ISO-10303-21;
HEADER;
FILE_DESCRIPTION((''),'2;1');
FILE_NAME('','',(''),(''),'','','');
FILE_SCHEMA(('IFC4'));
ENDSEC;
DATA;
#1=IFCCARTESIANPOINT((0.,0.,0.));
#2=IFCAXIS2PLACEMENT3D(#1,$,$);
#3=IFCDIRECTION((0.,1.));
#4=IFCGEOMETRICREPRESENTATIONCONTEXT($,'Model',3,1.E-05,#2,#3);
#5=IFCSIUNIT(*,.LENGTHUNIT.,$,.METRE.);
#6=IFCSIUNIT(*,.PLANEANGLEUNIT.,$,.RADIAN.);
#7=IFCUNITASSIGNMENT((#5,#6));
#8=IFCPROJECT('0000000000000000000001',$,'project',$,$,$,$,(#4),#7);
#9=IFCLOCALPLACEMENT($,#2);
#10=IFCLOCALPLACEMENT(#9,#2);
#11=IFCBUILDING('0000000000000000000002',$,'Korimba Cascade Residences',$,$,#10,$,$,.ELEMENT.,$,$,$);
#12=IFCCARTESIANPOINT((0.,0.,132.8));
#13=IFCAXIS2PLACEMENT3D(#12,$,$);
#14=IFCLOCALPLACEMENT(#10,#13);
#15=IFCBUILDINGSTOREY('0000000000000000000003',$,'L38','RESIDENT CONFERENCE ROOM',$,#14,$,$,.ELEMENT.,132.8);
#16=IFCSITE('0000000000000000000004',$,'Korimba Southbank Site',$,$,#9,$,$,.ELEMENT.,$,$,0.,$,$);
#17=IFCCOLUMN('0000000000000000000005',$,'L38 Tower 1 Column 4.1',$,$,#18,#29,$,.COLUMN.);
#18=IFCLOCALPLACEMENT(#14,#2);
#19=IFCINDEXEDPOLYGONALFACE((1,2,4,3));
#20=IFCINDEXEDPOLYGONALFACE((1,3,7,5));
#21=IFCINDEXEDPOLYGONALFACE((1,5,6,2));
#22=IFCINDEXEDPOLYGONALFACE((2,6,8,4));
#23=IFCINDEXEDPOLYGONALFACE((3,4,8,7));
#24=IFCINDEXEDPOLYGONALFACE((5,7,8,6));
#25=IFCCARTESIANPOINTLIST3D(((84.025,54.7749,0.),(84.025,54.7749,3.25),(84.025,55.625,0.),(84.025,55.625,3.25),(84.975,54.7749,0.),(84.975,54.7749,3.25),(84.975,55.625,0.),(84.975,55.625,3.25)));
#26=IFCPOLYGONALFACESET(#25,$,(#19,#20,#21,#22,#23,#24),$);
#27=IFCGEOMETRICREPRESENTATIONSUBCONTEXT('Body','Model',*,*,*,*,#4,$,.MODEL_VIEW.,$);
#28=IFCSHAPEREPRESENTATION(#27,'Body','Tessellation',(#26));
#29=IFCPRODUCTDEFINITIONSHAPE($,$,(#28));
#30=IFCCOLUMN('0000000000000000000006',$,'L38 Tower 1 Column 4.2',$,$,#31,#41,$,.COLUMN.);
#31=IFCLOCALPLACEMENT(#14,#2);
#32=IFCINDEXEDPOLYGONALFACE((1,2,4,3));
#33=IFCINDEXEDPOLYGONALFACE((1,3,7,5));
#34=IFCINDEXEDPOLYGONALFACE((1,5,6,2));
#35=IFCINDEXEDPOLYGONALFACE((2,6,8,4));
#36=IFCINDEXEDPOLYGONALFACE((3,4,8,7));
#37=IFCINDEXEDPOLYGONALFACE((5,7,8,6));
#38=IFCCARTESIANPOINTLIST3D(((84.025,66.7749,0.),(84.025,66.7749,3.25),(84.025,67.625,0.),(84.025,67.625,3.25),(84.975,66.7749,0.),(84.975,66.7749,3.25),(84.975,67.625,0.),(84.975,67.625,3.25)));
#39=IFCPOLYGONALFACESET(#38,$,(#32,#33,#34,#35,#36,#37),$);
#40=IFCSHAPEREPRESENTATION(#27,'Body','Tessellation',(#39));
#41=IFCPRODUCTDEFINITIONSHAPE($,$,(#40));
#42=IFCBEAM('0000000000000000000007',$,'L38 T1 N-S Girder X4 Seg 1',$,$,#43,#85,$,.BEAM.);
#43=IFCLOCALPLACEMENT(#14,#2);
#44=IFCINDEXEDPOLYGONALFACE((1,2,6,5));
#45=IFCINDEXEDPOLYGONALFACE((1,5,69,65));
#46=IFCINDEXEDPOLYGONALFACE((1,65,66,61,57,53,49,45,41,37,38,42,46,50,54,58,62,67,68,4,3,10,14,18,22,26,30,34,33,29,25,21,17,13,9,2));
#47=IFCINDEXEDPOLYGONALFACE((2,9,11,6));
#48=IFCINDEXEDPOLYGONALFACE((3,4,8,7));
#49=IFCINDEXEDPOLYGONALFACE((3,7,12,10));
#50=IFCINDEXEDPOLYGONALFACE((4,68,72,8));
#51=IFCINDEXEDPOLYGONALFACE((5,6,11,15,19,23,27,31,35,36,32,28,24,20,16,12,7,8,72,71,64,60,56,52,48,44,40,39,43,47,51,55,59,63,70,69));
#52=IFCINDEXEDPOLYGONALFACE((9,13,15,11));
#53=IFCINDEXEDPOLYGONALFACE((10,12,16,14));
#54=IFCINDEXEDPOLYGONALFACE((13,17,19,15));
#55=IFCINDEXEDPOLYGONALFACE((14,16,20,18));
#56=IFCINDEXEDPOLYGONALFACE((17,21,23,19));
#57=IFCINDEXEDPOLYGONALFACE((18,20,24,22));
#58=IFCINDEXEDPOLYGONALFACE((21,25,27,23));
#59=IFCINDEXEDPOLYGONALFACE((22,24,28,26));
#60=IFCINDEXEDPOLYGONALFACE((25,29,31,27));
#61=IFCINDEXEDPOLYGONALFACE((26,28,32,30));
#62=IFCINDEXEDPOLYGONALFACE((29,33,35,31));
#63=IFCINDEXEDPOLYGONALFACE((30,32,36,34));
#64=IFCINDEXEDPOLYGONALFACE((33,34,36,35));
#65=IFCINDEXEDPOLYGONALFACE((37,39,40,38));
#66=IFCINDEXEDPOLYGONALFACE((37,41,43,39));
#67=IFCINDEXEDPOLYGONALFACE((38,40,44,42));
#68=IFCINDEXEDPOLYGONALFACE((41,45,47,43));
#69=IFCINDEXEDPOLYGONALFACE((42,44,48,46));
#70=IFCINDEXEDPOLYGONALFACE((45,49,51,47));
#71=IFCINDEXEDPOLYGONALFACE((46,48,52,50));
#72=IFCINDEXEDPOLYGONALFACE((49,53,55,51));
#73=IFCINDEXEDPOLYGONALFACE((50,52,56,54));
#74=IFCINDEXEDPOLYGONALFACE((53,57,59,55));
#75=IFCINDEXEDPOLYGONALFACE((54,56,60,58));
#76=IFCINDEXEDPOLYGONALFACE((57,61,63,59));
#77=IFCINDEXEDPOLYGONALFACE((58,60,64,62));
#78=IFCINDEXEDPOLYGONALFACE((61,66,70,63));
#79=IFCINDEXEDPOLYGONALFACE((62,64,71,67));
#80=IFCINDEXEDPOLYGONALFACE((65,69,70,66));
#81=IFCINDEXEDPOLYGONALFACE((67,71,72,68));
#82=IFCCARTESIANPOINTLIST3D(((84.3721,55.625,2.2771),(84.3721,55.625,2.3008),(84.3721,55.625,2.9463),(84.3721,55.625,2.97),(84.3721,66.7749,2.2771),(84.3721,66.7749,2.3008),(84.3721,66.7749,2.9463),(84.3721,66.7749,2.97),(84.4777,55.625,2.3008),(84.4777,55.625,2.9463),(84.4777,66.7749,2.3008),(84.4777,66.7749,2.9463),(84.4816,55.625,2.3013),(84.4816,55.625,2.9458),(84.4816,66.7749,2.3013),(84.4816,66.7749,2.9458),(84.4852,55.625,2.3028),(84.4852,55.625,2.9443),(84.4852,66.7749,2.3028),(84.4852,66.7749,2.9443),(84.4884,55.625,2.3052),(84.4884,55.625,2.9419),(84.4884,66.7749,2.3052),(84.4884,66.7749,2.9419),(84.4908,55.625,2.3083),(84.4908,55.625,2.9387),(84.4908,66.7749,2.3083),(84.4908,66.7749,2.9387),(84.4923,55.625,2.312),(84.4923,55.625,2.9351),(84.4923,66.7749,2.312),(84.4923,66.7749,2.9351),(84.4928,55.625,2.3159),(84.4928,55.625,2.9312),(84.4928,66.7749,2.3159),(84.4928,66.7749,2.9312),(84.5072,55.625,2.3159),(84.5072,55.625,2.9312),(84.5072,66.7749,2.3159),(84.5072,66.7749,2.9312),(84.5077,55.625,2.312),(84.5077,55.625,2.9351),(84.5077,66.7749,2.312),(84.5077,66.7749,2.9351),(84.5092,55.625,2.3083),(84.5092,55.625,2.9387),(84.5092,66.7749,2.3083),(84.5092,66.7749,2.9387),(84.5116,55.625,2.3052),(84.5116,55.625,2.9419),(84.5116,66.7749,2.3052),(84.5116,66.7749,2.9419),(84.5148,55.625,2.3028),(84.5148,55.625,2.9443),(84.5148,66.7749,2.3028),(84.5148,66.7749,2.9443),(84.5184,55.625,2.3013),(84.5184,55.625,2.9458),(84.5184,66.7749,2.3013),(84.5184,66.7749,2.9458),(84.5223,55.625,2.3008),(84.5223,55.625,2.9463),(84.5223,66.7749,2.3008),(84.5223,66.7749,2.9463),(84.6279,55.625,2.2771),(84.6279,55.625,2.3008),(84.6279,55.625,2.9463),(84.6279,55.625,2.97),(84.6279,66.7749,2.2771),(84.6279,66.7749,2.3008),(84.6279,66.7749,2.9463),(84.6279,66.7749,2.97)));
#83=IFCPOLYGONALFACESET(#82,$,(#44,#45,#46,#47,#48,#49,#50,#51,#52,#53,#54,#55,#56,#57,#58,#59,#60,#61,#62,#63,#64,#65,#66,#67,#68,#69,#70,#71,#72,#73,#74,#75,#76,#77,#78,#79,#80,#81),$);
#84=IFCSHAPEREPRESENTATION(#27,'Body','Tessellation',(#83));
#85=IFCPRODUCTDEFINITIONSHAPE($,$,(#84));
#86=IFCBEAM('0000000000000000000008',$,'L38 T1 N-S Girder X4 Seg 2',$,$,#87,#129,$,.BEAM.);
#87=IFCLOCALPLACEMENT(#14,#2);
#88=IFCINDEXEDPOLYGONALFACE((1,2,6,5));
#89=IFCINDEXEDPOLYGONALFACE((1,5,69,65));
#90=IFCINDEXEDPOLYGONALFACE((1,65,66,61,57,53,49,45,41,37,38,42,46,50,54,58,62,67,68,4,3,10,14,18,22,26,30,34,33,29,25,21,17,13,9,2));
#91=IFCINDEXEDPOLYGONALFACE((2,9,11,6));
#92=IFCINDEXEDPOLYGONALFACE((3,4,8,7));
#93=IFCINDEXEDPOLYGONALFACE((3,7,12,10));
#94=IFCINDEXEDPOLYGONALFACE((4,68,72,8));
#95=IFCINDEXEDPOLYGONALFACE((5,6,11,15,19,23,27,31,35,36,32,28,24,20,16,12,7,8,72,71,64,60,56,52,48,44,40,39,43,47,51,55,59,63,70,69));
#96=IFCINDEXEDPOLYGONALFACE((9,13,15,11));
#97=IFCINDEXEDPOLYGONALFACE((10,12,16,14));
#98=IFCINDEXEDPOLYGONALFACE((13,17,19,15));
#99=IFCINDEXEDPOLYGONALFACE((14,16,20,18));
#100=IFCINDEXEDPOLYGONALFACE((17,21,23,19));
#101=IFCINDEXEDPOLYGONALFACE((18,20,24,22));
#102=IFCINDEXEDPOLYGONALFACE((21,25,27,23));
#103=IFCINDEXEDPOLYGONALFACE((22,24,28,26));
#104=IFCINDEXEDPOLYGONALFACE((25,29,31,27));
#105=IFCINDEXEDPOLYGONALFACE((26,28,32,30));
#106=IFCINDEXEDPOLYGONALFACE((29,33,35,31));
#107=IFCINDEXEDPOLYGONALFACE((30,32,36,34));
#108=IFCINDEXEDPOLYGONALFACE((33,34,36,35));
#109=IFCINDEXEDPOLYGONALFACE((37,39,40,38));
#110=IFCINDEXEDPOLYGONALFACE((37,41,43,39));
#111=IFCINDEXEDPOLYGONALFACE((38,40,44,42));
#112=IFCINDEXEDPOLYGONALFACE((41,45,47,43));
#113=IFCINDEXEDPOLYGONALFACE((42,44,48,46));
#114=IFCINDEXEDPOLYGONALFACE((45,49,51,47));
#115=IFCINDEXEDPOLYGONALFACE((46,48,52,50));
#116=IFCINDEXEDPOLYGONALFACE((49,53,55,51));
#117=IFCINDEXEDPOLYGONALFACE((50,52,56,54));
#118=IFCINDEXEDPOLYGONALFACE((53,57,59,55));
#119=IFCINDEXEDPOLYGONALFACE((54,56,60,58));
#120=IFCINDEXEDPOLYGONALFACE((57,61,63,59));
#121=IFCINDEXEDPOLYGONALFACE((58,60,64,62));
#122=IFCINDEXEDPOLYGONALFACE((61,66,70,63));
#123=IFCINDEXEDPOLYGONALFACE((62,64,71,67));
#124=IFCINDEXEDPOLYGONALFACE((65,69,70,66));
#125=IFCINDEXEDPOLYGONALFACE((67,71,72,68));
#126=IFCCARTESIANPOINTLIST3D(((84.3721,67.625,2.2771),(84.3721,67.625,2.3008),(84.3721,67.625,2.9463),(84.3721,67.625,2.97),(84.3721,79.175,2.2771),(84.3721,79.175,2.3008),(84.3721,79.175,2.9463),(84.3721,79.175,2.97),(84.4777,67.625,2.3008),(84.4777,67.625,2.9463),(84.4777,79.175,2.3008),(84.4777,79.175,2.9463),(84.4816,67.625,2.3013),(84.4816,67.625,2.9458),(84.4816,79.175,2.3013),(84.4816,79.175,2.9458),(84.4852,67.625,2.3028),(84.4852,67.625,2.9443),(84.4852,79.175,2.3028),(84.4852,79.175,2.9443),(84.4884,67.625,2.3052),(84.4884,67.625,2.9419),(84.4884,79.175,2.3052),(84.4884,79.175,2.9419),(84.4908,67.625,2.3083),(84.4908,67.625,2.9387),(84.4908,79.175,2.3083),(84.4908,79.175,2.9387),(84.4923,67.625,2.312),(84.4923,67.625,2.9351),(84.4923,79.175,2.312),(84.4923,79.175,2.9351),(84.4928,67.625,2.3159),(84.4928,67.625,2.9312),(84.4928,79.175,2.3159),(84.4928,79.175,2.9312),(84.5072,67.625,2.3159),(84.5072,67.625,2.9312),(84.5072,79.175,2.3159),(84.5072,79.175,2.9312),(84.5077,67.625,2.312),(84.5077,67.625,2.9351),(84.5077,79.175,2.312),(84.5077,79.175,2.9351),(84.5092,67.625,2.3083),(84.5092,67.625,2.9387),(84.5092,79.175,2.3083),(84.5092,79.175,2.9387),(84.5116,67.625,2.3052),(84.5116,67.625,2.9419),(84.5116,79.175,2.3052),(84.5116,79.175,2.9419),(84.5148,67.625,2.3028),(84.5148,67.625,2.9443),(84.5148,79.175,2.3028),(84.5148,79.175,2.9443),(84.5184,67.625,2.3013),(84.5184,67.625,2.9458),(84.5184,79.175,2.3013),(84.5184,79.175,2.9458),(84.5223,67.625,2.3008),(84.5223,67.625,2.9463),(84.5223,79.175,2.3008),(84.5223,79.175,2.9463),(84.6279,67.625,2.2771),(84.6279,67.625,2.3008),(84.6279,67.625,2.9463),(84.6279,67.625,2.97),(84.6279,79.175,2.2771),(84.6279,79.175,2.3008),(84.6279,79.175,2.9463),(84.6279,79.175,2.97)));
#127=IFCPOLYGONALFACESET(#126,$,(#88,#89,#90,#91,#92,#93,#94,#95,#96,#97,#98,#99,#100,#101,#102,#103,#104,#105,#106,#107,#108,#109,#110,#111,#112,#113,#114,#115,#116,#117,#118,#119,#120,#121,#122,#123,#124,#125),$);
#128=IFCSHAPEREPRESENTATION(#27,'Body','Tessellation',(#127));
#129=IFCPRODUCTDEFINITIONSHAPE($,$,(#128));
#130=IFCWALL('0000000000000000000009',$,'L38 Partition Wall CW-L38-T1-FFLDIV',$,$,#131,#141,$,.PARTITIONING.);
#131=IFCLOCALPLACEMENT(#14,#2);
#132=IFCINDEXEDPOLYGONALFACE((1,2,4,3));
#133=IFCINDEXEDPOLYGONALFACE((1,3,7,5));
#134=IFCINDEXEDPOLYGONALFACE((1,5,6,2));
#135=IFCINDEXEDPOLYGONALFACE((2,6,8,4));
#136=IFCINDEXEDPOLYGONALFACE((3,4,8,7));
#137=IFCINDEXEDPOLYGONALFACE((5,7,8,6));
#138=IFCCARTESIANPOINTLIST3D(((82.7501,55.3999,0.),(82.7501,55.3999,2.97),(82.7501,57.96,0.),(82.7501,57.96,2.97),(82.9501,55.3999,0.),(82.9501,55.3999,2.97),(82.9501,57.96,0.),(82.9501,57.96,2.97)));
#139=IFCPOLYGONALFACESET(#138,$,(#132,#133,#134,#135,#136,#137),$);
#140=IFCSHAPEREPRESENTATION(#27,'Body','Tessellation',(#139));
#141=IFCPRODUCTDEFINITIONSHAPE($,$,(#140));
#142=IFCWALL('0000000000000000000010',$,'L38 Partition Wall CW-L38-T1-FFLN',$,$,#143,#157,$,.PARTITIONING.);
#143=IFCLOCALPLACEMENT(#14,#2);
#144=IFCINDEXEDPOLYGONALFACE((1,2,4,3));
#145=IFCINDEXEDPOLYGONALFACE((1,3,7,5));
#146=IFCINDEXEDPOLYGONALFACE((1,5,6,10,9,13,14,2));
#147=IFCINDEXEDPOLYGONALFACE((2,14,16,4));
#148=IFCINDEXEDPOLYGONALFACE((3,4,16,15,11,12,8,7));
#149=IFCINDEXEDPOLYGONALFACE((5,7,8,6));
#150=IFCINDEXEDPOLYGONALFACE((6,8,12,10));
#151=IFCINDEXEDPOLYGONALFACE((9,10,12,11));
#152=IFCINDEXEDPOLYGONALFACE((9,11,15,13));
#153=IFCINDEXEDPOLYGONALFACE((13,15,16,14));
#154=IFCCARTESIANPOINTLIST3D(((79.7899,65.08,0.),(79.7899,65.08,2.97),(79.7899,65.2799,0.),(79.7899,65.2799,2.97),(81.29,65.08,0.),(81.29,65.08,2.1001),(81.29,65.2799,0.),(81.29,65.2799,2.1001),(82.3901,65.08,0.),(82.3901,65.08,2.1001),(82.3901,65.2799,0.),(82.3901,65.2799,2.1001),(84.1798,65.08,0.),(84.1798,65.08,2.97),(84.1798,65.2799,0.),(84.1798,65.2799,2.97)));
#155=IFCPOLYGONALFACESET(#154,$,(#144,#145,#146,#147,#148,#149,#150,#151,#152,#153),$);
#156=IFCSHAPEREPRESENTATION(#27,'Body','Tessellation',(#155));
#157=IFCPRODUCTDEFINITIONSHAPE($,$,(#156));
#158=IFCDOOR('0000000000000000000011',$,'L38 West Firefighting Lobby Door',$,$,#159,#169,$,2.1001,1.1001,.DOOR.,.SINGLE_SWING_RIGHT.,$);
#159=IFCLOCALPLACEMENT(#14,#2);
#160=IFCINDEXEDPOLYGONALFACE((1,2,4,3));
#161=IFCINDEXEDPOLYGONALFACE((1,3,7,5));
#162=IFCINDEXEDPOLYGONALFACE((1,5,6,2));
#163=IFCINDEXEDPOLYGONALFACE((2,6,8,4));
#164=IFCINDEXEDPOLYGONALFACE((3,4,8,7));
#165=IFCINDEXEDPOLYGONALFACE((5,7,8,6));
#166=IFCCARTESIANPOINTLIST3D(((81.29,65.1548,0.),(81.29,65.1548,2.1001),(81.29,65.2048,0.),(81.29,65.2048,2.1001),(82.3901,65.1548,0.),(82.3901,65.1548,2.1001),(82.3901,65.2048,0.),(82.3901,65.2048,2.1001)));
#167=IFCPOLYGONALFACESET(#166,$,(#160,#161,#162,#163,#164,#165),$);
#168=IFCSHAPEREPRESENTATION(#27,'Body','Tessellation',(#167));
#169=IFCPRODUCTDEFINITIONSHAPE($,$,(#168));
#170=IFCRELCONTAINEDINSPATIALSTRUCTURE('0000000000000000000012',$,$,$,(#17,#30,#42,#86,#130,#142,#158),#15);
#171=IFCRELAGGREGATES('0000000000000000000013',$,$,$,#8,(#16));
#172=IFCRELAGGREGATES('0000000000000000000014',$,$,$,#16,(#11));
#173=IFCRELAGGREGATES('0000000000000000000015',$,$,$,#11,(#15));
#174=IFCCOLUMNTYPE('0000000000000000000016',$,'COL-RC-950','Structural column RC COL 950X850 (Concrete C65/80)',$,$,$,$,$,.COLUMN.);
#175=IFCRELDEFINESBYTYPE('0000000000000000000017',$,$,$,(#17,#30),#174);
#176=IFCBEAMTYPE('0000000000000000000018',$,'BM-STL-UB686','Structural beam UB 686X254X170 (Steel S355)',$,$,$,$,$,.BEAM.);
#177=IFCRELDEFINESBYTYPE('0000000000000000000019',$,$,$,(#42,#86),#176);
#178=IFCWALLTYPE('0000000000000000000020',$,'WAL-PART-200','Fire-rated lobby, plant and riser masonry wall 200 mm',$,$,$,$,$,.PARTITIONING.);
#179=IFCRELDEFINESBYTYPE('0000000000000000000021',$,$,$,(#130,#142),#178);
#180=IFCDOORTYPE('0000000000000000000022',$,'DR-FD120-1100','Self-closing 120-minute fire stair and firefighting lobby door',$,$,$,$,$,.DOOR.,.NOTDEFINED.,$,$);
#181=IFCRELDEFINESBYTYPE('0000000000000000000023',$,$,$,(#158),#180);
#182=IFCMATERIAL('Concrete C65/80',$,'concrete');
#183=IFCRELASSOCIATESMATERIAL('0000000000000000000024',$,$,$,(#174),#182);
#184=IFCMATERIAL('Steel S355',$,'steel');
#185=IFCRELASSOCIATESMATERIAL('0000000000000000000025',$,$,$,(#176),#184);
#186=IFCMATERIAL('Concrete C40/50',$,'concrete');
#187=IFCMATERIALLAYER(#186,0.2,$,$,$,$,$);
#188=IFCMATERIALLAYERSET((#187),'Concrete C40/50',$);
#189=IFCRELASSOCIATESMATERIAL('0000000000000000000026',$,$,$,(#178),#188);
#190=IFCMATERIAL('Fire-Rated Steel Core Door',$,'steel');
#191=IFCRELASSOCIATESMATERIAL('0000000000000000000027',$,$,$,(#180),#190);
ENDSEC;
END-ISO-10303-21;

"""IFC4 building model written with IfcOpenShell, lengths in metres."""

from ifc_helpers import new_model, si_unit, direction, frame, frame_2d, origin, origin_2d, place, context, subcontext, project, spatial, rectangle, i_section, extrude, material, layer, layer_set, material_profile, profile_set, type_object, element, fill, save


model = new_model("IFC4")

# Units and contexts
model_context = context("Model", 3, precision=1e-05, world=origin(), true_north=direction((0.0, 1.0)))
body_context = subcontext(model_context, "Body", "Model", "MODEL_VIEW")
ifc_project = project(units=[si_unit("LENGTHUNIT", "METRE"), si_unit("PLANEANGLEUNIT", "RADIAN")], contexts=[model_context])

# Site, building, storey
site_placement = place(None, origin())
site = spatial("IfcSite", under=ifc_project, at=site_placement, Name="Korimba Southbank Site", CompositionType="ELEMENT", RefElevation=0.0)
building_placement = place(site_placement, origin())
building = spatial("IfcBuilding", under=site, at=building_placement, Name="Korimba Cascade Residences", CompositionType="ELEMENT")
storey_placement = place(building_placement, frame((0.0, 0.0, 132.8)))
storey = spatial("IfcBuildingStorey", under=building, at=storey_placement, Name="L38", Description="RESIDENT CONFERENCE ROOM", CompositionType="ELEMENT", Elevation=132.8)

# Columns
ifc_material_1 = material(Name="Concrete C65/80", Category="concrete")
ifc_material_profile_1 = material_profile(ifc_material_1, rectangle(XDim=0.95, YDim=0.8501, at=origin_2d()), Name="Concrete C65/80")
ifc_profile_set_1 = profile_set([ifc_material_profile_1], Name="Concrete C65/80")
column_type = type_object("IfcColumnType", Name="COL-RC-950", Description="Structural column RC COL 950X850 (Concrete C65/80)", PredefinedType="COLUMN", material=ifc_profile_set_1)
for number, where, z_axis, x_axis, name in (
    (1, (84.5, 55.2, 0.0), (0.0, 0.0, 1.0), (1.0, 0.0, 0.0), "L38 Tower 1 Column 4.1"),
    (2, (84.5, 67.2, 0.0), (0.0, 0.0, 1.0), (1.0, 0.0, 0.0), "L38 Tower 1 Column 4.2"),
):
    element("IfcColumn", number, at=place(storey_placement, frame(where, z_axis=z_axis, x_axis=x_axis)), inside=storey, type_object=column_type, Name=name, PredefinedType="COLUMN", context=body_context, shape_type="SweptSolid", body=[
        extrude(rectangle(XDim=0.95, YDim=0.8501, at=origin_2d()), origin(), (0.0, 0.0, 1.0), 3.25),
    ])

# Beams
ifc_material_2 = material(Name="Steel S355", Category="steel")
ifc_material_profile_2 = material_profile(ifc_material_2, i_section(OverallWidth=0.2559, OverallDepth=0.6929, WebThickness=0.0144, FlangeThickness=0.0237, FilletRadius=0.0151, at=origin_2d()), Name="Steel S355")
ifc_profile_set_2 = profile_set([ifc_material_profile_2], Name="Steel S355")
beam_type = type_object("IfcBeamType", Name="BM-STL-UB686", Description="Structural beam UB 686X254X170 (Steel S355)", PredefinedType="BEAM", material=ifc_profile_set_2)
beam_1_placement = place(storey_placement, frame((84.5, 55.625, 2.6235), z_axis=(0.0, 1.0, 0.0), x_axis=(-1.0, 0.0, 0.0)))
element("IfcBeam", 3, at=beam_1_placement, inside=storey, type_object=beam_type, Name="L38 T1 N-S Girder X4 Seg 1", PredefinedType="BEAM", context=body_context, shape_type="SweptSolid", body=[
    extrude(i_section(OverallWidth=0.2559, OverallDepth=0.6929, WebThickness=0.0144, FlangeThickness=0.0237, FilletRadius=0.0151, at=origin_2d()), origin(), (0.0, 0.0, 1.0), 11.1499),
])
beam_2_placement = place(storey_placement, frame((84.5, 67.625, 2.6235), z_axis=(0.0, 1.0, 0.0), x_axis=(-1.0, 0.0, 0.0)))
element("IfcBeam", 4, at=beam_2_placement, inside=storey, type_object=beam_type, Name="L38 T1 N-S Girder X4 Seg 2", PredefinedType="BEAM", context=body_context, shape_type="SweptSolid", body=[
    extrude(i_section(OverallWidth=0.2559, OverallDepth=0.6929, WebThickness=0.0144, FlangeThickness=0.0237, FilletRadius=0.0151, at=origin_2d()), origin(), (0.0, 0.0, 1.0), 11.55),
])

# Wall
ifc_material_3 = material(Name="Concrete C40/50", Category="concrete")
ifc_layer_1 = layer(ifc_material_3, 0.2)
ifc_layer_set_1 = layer_set([ifc_layer_1], Name="Concrete C40/50")
wall_type_1 = type_object("IfcWallType", Name="WAL-PART-200", Description="Fire-rated lobby, plant and riser masonry wall 200 mm", PredefinedType="PARTITIONING", material=ifc_layer_set_1)
wall_1_placement = place(storey_placement, frame((82.8501, 55.3999, 0.0), z_axis=(0.0, 0.0, 1.0), x_axis=(0.0, 1.0, 0.0)))
element("IfcWall", 5, at=wall_1_placement, inside=storey, type_object=wall_type_1, Name="L38 Partition Wall CW-L38-T1-FFLDIV", PredefinedType="PARTITIONING", context=body_context, shape_type="SweptSolid", body=[
    extrude(rectangle(XDim=2.5601, YDim=0.2, at=frame_2d((1.28, 0.0))), origin(), (0.0, 0.0, 1.0), 2.97),
])

# Wall, opening, door
wall_2_placement = place(storey_placement, frame((79.79, 65.1799, 0.0), z_axis=(0.0, 0.0, 1.0), x_axis=(1.0, 0.0, 0.0)))
wall_2 = element("IfcWall", 6, at=wall_2_placement, inside=storey, type_object=wall_type_1, Name="L38 Partition Wall CW-L38-T1-FFLN", PredefinedType="PARTITIONING", context=body_context, shape_type="SweptSolid", body=[
    extrude(rectangle(XDim=4.3899, YDim=0.2, at=frame_2d((2.1948, 0.0))), origin(), (0.0, 0.0, 1.0), 2.97),
])
opening_1_placement = place(wall_2_placement, frame((1.5, 0.0, 0.0)))
opening_1 = element("IfcOpeningElement", 7, at=opening_1_placement, cuts=wall_2, PredefinedType="OPENING", context=body_context, shape_type="SweptSolid", body=[
    extrude(rectangle(XDim=1.1001, YDim=2.1001, at=frame_2d((0.55, 1.05))), frame((0.0, 0.1099, 0.0), z_axis=(0.0, -1.0, 0.0), x_axis=(1.0, 0.0, 0.0)), (0.0, 0.0, 1.0), 0.22),
])
ifc_material_4 = material(Name="Fire-Rated Steel Core Door", Category="steel")
door_type_1 = type_object("IfcDoorType", Name="DR-FD120-1100", Description="Self-closing 120-minute fire stair and firefighting lobby door", OperationType="NOTDEFINED", PredefinedType="DOOR", material=ifc_material_4)
door_1_placement = place(opening_1_placement, origin())
door_1 = element("IfcDoor", 8, at=door_1_placement, inside=storey, type_object=door_type_1, Name="L38 West Firefighting Lobby Door", OperationType="SINGLE_SWING_RIGHT", OverallHeight=2.1001, OverallWidth=1.1001, PredefinedType="DOOR", context=body_context, shape_type="SweptSolid", body=[
    extrude(rectangle(XDim=1.1001, YDim=2.1001, at=frame_2d((0.55, 1.05))), frame((0.0, 0.0249, 0.0), z_axis=(0.0, -1.0, 0.0), x_axis=(1.0, 0.0, 0.0)), (0.0, 0.0, 1.0), 0.05),
])
fill(opening_1, door_1)

save(model, "model.ifc")
